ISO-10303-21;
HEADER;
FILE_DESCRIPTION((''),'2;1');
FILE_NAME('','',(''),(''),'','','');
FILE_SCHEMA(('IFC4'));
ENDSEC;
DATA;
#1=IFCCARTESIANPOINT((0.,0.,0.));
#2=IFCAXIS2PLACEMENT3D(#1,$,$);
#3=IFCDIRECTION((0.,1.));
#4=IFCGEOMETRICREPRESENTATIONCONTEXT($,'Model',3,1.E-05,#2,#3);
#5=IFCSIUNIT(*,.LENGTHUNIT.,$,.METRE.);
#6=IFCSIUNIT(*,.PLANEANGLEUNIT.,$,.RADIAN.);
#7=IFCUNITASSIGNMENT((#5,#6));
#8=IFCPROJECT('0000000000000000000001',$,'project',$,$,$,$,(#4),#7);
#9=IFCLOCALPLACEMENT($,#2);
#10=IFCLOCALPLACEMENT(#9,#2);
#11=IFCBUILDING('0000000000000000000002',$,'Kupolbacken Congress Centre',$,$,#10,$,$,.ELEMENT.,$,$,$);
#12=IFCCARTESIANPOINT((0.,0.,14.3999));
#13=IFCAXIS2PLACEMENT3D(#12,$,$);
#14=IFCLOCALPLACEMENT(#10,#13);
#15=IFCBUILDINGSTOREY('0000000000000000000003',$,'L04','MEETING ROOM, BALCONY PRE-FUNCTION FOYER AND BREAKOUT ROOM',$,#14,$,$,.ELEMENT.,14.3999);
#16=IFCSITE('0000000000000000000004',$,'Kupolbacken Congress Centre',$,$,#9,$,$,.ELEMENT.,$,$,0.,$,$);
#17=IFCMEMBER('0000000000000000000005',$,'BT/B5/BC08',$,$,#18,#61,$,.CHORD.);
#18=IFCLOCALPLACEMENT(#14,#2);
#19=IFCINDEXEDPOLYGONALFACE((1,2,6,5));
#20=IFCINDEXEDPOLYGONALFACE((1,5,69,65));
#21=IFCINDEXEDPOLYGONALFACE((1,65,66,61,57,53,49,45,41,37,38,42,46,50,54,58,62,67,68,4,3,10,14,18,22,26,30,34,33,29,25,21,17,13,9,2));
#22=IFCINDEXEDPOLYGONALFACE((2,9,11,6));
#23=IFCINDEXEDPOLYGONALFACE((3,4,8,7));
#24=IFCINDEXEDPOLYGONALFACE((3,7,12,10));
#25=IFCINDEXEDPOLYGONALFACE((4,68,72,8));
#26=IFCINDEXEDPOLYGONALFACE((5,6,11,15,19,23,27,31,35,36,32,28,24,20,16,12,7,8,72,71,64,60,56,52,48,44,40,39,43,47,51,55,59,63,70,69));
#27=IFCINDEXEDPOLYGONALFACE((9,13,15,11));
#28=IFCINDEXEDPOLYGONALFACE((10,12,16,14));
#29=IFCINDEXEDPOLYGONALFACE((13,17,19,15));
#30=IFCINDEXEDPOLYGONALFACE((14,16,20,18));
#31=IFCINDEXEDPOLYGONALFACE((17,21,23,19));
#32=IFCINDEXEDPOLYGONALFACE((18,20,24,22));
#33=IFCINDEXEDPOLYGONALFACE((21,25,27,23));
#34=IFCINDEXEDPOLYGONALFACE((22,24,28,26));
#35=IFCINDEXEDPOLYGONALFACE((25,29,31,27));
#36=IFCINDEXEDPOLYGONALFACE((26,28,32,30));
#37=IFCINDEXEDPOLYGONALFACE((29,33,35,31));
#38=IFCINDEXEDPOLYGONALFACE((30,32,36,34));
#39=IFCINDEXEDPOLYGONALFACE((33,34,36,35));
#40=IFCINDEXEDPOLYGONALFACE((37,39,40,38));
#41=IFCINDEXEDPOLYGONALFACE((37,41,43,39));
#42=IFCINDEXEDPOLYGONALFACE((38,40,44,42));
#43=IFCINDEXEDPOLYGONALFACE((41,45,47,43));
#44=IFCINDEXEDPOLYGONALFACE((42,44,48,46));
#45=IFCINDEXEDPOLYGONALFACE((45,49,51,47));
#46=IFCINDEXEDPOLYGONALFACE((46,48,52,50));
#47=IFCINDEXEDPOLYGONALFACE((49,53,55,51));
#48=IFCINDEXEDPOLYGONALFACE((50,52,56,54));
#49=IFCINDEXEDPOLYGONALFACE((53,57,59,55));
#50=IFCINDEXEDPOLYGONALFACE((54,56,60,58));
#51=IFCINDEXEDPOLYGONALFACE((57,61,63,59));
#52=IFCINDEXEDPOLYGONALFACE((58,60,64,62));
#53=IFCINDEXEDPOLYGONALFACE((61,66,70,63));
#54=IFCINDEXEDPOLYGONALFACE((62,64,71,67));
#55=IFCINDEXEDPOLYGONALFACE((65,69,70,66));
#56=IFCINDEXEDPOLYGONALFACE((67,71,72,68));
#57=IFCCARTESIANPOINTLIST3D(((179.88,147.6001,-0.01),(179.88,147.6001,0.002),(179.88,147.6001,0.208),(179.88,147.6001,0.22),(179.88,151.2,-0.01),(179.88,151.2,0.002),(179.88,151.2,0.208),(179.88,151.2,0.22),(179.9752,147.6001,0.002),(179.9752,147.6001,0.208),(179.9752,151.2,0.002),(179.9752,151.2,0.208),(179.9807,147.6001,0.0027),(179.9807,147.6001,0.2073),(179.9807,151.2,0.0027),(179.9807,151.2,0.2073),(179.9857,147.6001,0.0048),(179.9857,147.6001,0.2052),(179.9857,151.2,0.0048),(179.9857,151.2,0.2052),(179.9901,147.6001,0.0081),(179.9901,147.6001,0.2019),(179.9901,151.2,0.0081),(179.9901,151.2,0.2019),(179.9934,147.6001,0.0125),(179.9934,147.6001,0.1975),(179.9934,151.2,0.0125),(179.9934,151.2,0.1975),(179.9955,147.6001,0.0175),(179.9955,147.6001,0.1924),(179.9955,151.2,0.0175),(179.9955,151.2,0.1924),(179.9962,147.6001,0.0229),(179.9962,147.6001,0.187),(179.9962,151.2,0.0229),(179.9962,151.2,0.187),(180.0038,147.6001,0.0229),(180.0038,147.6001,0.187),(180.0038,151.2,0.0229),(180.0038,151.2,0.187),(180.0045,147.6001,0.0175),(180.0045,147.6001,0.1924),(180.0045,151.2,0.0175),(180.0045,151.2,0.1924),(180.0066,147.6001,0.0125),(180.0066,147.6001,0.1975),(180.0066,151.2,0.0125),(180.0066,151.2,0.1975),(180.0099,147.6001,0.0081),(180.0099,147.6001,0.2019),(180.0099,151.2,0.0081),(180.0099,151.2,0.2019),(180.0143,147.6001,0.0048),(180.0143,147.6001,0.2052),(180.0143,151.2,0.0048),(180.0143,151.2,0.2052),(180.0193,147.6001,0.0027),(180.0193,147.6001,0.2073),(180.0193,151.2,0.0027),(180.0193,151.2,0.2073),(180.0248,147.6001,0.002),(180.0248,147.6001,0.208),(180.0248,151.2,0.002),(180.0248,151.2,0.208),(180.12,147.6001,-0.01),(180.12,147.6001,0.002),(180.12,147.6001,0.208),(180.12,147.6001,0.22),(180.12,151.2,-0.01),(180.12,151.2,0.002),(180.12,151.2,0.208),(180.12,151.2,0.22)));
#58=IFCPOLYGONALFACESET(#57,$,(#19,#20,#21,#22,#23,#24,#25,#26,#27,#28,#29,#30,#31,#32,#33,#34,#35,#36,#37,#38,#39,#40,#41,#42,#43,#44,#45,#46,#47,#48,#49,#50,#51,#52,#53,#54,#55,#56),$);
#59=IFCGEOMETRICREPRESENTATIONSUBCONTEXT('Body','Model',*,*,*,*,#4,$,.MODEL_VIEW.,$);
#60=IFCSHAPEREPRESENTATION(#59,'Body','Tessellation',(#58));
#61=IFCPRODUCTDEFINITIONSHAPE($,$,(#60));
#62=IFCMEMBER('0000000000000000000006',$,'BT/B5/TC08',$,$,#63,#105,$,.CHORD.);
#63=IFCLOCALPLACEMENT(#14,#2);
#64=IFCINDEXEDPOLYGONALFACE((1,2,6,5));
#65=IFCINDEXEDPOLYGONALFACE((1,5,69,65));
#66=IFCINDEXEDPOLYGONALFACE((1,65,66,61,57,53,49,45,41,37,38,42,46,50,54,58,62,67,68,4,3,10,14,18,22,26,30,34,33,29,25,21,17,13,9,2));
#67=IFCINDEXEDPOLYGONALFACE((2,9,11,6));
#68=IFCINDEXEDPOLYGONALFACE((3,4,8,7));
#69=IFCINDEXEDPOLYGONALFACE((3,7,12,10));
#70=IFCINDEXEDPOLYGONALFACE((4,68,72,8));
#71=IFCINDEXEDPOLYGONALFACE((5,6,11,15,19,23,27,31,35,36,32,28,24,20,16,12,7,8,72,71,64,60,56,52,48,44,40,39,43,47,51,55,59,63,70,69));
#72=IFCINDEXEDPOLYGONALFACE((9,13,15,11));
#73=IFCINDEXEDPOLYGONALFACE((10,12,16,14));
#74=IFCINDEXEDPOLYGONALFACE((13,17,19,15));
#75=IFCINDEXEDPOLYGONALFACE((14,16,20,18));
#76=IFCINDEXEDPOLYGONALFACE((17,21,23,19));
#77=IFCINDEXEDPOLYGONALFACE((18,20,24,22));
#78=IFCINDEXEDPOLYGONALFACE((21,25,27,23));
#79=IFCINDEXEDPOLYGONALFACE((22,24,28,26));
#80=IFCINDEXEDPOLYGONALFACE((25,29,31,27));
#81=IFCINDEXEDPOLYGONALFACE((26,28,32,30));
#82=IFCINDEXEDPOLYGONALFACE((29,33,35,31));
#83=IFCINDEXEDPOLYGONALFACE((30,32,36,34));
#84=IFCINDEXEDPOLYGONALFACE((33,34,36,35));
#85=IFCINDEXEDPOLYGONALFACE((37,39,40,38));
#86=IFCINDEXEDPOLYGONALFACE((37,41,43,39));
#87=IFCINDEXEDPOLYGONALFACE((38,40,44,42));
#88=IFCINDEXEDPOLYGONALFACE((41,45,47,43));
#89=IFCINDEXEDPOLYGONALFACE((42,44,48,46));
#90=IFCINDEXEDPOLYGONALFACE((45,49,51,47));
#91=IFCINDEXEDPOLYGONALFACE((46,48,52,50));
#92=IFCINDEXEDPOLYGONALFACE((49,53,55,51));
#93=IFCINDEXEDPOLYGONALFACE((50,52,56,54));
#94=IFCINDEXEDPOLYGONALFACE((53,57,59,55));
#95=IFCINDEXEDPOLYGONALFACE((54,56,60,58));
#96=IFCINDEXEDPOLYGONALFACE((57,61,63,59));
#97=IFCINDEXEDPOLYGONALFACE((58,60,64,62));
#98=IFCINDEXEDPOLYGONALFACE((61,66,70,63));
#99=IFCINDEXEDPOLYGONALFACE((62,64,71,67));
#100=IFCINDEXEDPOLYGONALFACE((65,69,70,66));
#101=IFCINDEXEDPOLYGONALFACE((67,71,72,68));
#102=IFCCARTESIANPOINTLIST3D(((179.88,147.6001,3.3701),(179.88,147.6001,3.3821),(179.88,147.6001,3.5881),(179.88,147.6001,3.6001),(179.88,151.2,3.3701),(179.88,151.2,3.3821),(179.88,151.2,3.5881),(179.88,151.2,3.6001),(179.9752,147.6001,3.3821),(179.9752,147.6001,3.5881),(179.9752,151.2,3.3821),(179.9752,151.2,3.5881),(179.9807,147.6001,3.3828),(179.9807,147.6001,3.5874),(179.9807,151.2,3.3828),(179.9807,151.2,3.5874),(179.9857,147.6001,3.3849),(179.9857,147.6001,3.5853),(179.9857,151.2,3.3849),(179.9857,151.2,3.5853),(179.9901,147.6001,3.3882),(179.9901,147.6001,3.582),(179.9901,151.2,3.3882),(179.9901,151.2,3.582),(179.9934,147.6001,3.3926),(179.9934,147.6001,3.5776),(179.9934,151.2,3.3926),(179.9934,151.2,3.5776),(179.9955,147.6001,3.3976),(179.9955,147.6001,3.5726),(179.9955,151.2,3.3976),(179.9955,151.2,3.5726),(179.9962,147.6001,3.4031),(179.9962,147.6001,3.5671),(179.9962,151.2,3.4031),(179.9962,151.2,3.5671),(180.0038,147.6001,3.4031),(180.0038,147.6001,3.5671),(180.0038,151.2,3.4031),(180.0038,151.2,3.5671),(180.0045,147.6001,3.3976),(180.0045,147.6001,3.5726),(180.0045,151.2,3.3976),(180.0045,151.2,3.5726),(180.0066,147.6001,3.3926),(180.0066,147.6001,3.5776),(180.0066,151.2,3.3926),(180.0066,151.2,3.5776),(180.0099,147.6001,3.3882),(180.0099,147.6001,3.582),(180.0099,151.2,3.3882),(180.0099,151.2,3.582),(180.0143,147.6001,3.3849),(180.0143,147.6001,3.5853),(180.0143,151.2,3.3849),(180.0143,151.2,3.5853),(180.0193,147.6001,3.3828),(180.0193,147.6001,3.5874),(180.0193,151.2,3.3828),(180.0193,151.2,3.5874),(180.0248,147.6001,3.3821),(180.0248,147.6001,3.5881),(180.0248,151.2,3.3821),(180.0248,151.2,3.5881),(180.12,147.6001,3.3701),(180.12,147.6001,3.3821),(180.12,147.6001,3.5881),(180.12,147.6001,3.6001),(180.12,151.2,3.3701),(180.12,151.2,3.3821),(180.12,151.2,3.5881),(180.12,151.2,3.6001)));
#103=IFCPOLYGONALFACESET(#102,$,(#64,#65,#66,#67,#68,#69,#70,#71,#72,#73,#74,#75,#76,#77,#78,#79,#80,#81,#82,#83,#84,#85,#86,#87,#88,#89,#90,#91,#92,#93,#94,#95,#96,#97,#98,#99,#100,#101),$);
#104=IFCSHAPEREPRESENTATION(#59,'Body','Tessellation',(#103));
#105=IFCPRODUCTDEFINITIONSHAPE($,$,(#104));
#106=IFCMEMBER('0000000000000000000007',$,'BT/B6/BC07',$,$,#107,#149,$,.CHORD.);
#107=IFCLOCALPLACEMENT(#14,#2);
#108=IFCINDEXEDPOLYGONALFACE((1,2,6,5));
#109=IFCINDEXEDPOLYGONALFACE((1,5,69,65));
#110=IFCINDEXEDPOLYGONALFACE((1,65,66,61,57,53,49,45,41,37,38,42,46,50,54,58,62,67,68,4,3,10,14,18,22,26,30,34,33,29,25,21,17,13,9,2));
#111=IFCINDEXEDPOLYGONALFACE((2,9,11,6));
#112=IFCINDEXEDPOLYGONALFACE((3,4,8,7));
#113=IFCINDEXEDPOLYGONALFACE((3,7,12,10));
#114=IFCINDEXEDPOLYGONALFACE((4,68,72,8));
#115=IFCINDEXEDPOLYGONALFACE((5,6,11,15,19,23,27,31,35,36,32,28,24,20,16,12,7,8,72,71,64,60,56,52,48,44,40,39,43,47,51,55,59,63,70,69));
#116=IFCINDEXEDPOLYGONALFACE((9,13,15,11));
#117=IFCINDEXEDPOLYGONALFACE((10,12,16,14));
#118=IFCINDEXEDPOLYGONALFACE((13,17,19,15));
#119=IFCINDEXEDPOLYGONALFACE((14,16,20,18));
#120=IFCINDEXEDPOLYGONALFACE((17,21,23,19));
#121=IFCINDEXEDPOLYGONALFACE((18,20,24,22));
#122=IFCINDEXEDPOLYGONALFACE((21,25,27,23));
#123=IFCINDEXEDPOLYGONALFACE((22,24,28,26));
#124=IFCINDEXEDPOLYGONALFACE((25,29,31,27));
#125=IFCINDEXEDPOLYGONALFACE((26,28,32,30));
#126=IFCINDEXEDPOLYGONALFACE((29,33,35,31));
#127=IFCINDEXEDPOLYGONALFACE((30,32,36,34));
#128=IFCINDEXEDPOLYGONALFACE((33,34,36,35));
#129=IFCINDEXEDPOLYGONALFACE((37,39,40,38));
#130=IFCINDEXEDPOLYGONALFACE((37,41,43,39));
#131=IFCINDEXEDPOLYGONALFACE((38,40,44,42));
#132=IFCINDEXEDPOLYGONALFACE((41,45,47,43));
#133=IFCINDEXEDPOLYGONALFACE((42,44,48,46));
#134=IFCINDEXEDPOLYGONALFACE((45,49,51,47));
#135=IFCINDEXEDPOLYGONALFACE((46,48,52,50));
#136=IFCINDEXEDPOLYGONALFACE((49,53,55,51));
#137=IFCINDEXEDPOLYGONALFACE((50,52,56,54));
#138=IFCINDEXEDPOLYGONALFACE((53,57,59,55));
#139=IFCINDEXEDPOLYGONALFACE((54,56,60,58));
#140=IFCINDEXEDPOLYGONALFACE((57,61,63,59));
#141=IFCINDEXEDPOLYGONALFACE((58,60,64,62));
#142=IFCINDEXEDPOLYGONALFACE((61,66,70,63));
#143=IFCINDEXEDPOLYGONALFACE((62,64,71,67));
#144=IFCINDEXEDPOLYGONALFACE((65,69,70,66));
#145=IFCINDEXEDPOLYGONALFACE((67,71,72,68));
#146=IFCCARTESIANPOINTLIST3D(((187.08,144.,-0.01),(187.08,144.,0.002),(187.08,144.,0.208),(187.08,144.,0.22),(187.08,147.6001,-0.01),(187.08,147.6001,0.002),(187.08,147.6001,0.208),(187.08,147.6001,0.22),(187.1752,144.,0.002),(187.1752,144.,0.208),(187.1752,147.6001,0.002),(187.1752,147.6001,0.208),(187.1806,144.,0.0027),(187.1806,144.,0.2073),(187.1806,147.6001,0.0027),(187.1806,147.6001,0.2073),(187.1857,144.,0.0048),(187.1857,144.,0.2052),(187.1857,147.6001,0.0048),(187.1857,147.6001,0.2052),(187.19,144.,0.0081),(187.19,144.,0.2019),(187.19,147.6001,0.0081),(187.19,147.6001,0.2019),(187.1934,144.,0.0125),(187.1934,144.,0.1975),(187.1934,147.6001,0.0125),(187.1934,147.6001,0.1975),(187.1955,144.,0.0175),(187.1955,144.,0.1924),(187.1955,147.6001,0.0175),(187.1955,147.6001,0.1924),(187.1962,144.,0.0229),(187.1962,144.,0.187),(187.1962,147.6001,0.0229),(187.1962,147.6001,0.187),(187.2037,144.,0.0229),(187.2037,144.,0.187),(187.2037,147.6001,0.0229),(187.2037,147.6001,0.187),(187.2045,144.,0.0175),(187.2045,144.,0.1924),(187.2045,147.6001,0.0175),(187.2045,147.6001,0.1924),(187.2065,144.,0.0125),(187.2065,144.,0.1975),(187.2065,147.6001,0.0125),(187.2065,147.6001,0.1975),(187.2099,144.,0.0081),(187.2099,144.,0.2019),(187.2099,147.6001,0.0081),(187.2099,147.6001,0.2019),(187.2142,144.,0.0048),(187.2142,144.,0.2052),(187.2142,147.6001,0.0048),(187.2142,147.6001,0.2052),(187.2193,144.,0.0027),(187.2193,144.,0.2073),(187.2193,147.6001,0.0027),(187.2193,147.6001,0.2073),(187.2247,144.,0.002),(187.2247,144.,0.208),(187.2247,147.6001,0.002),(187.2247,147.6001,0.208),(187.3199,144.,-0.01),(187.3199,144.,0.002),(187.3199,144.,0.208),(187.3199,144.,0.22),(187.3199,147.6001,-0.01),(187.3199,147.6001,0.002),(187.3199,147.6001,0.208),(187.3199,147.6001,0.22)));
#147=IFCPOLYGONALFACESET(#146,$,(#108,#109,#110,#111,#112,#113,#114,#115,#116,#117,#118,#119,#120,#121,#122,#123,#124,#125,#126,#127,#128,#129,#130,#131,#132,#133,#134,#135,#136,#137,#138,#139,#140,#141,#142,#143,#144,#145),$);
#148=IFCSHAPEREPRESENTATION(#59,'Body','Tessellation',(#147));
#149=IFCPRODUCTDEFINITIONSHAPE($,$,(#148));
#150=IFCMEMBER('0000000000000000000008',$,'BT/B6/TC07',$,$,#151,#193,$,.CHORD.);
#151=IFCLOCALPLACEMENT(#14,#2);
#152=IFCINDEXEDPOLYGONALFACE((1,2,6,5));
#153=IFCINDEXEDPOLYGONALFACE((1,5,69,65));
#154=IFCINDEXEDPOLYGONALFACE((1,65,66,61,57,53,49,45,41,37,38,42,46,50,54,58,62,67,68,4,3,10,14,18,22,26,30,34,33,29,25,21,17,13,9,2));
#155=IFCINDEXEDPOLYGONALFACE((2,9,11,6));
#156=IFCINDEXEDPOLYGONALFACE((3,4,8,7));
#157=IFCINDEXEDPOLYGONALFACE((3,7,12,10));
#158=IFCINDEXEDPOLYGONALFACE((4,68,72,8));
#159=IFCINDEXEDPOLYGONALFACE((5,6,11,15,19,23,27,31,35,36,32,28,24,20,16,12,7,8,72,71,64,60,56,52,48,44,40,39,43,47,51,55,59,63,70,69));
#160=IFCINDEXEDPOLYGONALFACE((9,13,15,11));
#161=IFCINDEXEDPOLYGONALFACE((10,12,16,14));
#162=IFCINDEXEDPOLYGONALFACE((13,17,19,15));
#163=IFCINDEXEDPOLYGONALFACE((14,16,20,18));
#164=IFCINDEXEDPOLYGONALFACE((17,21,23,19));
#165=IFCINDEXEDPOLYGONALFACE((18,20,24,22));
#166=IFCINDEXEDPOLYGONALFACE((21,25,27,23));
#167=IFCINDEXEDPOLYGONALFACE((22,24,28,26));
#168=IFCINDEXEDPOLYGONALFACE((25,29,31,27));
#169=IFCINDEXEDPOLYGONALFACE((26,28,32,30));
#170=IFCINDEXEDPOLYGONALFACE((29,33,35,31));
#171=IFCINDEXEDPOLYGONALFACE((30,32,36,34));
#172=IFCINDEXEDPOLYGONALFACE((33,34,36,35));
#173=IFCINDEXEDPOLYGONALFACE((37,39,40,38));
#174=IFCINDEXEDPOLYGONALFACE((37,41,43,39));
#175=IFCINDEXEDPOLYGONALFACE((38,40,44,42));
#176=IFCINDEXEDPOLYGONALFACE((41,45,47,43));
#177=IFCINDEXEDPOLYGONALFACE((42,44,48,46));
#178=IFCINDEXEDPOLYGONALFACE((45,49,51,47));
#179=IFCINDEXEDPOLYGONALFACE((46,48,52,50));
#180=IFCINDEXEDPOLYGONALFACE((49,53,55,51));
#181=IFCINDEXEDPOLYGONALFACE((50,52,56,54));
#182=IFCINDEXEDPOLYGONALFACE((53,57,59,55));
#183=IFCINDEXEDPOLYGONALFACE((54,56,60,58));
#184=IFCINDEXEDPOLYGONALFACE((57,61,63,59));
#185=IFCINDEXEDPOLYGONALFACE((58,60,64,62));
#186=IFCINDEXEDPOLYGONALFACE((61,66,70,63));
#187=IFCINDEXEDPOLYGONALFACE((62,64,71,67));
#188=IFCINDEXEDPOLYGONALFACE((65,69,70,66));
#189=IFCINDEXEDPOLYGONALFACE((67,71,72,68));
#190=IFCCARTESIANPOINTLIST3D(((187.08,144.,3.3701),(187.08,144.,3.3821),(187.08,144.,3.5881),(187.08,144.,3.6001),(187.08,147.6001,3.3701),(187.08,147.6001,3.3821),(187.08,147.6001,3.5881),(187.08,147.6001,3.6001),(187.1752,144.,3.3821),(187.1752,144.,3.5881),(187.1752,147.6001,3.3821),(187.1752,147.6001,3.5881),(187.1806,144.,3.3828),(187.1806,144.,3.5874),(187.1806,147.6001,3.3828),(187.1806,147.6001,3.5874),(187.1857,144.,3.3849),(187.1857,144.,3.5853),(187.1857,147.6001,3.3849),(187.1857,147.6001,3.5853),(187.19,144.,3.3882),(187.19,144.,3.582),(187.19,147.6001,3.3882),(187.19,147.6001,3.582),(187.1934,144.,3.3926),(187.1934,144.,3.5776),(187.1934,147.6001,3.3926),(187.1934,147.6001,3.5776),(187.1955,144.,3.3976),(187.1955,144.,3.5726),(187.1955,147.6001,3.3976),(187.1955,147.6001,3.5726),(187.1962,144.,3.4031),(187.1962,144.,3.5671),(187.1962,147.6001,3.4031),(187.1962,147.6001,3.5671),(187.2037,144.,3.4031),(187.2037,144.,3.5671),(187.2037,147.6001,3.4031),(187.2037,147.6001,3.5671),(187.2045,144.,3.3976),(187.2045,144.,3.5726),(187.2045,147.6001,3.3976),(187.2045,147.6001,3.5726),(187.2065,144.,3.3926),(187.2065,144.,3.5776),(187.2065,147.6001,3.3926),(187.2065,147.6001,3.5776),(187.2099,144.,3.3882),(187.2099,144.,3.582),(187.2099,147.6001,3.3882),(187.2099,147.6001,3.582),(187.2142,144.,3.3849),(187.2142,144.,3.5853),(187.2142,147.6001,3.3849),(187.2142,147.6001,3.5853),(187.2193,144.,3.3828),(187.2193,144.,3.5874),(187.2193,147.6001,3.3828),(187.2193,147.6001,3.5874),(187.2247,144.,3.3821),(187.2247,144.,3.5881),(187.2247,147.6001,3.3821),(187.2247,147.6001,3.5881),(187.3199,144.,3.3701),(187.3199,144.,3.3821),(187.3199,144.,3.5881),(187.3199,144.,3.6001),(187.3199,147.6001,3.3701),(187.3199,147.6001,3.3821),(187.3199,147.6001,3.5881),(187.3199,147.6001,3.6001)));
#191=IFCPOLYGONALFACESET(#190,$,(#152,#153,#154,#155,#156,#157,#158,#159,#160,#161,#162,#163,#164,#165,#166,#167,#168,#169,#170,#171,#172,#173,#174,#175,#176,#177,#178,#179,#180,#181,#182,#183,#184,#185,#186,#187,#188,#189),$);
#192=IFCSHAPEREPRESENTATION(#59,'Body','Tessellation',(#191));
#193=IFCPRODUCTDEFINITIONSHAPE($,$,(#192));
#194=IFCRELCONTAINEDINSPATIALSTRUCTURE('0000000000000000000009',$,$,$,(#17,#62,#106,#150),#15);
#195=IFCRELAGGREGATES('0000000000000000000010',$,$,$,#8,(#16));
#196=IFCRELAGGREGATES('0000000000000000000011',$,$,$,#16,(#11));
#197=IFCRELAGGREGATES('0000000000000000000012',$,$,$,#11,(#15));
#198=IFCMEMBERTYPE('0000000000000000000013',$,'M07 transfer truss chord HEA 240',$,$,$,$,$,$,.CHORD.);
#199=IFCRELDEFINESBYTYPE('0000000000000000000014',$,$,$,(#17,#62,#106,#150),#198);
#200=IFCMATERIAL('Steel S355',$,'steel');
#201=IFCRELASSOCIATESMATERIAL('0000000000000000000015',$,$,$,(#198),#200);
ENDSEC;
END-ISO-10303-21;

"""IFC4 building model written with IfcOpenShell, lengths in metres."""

from ifc_helpers import new_model, si_unit, direction, frame, origin, origin_2d, place, context, subcontext, project, spatial, i_section, extrude, material, material_profile, profile_set, type_object, element, save


model = new_model("IFC4")

# Units and contexts
model_context = context("Model", 3, precision=1e-05, world=origin(), true_north=direction((0.0, 1.0)))
body_context = subcontext(model_context, "Body", "Model", "MODEL_VIEW")
ifc_project = project(units=[si_unit("LENGTHUNIT", "METRE"), si_unit("PLANEANGLEUNIT", "RADIAN")], contexts=[model_context])

# Site, building, storey
site_placement = place(None, origin())
site = spatial("IfcSite", under=ifc_project, at=site_placement, Name="Kupolbacken Congress Centre", CompositionType="ELEMENT", RefElevation=0.0)
building_placement = place(site_placement, origin())
building = spatial("IfcBuilding", under=site, at=building_placement, Name="Kupolbacken Congress Centre", CompositionType="ELEMENT")
storey_placement = place(building_placement, frame((0.0, 0.0, 14.3999)))
storey = spatial("IfcBuildingStorey", under=building, at=storey_placement, Name="L04", Description="MEETING ROOM, BALCONY PRE-FUNCTION FOYER AND BREAKOUT ROOM", CompositionType="ELEMENT", Elevation=14.3999)

# Members
ifc_material_1 = material(Name="Steel S355", Category="steel")
ifc_material_profile_1 = material_profile(ifc_material_1, i_section(OverallWidth=0.24, OverallDepth=0.23, WebThickness=0.0076, FlangeThickness=0.012, FilletRadius=0.021, at=origin_2d()), Name="HEA 240")
ifc_profile_set_1 = profile_set([ifc_material_profile_1], Name="Steel S355")
member_type_1 = type_object("IfcMemberType", Name="M07 transfer truss chord HEA 240", PredefinedType="CHORD", material=ifc_profile_set_1)
for number, where, z_axis, x_axis, name in (
    (1, (180.0, 147.6001, 0.105), (0.0, 1.0, 0.0), (-1.0, 0.0, 0.0), "BT/B5/BC08"),
    (2, (180.0, 147.6001, 3.4851), (0.0, 1.0, 0.0), (-1.0, 0.0, 0.0), "BT/B5/TC08"),
):
    element("IfcMember", number, at=place(storey_placement, frame(where, z_axis=z_axis, x_axis=x_axis)), inside=storey, type_object=member_type_1, Name=name, PredefinedType="CHORD", context=body_context, shape_type="SweptSolid", body=[
        extrude(i_section(OverallWidth=0.24, OverallDepth=0.23, WebThickness=0.0076, FlangeThickness=0.012, FilletRadius=0.021, at=origin_2d()), origin(), (0.0, 0.0, 1.0), 3.5999),
    ])
for number, where, z_axis, x_axis, name in (
    (3, (187.2, 144.0, 0.105), (0.0, 1.0, 0.0), (-1.0, 0.0, 0.0), "BT/B6/BC07"),
    (4, (187.2, 144.0, 3.4851), (0.0, 1.0, 0.0), (-1.0, 0.0, 0.0), "BT/B6/TC07"),
):
    element("IfcMember", number, at=place(storey_placement, frame(where, z_axis=z_axis, x_axis=x_axis)), inside=storey, type_object=member_type_1, Name=name, PredefinedType="CHORD", context=body_context, shape_type="SweptSolid", body=[
        extrude(i_section(OverallWidth=0.24, OverallDepth=0.23, WebThickness=0.0076, FlangeThickness=0.012, FilletRadius=0.021, at=origin_2d()), origin(), (0.0, 0.0, 1.0), 3.6001),
    ])

save(model, "model.ifc")
